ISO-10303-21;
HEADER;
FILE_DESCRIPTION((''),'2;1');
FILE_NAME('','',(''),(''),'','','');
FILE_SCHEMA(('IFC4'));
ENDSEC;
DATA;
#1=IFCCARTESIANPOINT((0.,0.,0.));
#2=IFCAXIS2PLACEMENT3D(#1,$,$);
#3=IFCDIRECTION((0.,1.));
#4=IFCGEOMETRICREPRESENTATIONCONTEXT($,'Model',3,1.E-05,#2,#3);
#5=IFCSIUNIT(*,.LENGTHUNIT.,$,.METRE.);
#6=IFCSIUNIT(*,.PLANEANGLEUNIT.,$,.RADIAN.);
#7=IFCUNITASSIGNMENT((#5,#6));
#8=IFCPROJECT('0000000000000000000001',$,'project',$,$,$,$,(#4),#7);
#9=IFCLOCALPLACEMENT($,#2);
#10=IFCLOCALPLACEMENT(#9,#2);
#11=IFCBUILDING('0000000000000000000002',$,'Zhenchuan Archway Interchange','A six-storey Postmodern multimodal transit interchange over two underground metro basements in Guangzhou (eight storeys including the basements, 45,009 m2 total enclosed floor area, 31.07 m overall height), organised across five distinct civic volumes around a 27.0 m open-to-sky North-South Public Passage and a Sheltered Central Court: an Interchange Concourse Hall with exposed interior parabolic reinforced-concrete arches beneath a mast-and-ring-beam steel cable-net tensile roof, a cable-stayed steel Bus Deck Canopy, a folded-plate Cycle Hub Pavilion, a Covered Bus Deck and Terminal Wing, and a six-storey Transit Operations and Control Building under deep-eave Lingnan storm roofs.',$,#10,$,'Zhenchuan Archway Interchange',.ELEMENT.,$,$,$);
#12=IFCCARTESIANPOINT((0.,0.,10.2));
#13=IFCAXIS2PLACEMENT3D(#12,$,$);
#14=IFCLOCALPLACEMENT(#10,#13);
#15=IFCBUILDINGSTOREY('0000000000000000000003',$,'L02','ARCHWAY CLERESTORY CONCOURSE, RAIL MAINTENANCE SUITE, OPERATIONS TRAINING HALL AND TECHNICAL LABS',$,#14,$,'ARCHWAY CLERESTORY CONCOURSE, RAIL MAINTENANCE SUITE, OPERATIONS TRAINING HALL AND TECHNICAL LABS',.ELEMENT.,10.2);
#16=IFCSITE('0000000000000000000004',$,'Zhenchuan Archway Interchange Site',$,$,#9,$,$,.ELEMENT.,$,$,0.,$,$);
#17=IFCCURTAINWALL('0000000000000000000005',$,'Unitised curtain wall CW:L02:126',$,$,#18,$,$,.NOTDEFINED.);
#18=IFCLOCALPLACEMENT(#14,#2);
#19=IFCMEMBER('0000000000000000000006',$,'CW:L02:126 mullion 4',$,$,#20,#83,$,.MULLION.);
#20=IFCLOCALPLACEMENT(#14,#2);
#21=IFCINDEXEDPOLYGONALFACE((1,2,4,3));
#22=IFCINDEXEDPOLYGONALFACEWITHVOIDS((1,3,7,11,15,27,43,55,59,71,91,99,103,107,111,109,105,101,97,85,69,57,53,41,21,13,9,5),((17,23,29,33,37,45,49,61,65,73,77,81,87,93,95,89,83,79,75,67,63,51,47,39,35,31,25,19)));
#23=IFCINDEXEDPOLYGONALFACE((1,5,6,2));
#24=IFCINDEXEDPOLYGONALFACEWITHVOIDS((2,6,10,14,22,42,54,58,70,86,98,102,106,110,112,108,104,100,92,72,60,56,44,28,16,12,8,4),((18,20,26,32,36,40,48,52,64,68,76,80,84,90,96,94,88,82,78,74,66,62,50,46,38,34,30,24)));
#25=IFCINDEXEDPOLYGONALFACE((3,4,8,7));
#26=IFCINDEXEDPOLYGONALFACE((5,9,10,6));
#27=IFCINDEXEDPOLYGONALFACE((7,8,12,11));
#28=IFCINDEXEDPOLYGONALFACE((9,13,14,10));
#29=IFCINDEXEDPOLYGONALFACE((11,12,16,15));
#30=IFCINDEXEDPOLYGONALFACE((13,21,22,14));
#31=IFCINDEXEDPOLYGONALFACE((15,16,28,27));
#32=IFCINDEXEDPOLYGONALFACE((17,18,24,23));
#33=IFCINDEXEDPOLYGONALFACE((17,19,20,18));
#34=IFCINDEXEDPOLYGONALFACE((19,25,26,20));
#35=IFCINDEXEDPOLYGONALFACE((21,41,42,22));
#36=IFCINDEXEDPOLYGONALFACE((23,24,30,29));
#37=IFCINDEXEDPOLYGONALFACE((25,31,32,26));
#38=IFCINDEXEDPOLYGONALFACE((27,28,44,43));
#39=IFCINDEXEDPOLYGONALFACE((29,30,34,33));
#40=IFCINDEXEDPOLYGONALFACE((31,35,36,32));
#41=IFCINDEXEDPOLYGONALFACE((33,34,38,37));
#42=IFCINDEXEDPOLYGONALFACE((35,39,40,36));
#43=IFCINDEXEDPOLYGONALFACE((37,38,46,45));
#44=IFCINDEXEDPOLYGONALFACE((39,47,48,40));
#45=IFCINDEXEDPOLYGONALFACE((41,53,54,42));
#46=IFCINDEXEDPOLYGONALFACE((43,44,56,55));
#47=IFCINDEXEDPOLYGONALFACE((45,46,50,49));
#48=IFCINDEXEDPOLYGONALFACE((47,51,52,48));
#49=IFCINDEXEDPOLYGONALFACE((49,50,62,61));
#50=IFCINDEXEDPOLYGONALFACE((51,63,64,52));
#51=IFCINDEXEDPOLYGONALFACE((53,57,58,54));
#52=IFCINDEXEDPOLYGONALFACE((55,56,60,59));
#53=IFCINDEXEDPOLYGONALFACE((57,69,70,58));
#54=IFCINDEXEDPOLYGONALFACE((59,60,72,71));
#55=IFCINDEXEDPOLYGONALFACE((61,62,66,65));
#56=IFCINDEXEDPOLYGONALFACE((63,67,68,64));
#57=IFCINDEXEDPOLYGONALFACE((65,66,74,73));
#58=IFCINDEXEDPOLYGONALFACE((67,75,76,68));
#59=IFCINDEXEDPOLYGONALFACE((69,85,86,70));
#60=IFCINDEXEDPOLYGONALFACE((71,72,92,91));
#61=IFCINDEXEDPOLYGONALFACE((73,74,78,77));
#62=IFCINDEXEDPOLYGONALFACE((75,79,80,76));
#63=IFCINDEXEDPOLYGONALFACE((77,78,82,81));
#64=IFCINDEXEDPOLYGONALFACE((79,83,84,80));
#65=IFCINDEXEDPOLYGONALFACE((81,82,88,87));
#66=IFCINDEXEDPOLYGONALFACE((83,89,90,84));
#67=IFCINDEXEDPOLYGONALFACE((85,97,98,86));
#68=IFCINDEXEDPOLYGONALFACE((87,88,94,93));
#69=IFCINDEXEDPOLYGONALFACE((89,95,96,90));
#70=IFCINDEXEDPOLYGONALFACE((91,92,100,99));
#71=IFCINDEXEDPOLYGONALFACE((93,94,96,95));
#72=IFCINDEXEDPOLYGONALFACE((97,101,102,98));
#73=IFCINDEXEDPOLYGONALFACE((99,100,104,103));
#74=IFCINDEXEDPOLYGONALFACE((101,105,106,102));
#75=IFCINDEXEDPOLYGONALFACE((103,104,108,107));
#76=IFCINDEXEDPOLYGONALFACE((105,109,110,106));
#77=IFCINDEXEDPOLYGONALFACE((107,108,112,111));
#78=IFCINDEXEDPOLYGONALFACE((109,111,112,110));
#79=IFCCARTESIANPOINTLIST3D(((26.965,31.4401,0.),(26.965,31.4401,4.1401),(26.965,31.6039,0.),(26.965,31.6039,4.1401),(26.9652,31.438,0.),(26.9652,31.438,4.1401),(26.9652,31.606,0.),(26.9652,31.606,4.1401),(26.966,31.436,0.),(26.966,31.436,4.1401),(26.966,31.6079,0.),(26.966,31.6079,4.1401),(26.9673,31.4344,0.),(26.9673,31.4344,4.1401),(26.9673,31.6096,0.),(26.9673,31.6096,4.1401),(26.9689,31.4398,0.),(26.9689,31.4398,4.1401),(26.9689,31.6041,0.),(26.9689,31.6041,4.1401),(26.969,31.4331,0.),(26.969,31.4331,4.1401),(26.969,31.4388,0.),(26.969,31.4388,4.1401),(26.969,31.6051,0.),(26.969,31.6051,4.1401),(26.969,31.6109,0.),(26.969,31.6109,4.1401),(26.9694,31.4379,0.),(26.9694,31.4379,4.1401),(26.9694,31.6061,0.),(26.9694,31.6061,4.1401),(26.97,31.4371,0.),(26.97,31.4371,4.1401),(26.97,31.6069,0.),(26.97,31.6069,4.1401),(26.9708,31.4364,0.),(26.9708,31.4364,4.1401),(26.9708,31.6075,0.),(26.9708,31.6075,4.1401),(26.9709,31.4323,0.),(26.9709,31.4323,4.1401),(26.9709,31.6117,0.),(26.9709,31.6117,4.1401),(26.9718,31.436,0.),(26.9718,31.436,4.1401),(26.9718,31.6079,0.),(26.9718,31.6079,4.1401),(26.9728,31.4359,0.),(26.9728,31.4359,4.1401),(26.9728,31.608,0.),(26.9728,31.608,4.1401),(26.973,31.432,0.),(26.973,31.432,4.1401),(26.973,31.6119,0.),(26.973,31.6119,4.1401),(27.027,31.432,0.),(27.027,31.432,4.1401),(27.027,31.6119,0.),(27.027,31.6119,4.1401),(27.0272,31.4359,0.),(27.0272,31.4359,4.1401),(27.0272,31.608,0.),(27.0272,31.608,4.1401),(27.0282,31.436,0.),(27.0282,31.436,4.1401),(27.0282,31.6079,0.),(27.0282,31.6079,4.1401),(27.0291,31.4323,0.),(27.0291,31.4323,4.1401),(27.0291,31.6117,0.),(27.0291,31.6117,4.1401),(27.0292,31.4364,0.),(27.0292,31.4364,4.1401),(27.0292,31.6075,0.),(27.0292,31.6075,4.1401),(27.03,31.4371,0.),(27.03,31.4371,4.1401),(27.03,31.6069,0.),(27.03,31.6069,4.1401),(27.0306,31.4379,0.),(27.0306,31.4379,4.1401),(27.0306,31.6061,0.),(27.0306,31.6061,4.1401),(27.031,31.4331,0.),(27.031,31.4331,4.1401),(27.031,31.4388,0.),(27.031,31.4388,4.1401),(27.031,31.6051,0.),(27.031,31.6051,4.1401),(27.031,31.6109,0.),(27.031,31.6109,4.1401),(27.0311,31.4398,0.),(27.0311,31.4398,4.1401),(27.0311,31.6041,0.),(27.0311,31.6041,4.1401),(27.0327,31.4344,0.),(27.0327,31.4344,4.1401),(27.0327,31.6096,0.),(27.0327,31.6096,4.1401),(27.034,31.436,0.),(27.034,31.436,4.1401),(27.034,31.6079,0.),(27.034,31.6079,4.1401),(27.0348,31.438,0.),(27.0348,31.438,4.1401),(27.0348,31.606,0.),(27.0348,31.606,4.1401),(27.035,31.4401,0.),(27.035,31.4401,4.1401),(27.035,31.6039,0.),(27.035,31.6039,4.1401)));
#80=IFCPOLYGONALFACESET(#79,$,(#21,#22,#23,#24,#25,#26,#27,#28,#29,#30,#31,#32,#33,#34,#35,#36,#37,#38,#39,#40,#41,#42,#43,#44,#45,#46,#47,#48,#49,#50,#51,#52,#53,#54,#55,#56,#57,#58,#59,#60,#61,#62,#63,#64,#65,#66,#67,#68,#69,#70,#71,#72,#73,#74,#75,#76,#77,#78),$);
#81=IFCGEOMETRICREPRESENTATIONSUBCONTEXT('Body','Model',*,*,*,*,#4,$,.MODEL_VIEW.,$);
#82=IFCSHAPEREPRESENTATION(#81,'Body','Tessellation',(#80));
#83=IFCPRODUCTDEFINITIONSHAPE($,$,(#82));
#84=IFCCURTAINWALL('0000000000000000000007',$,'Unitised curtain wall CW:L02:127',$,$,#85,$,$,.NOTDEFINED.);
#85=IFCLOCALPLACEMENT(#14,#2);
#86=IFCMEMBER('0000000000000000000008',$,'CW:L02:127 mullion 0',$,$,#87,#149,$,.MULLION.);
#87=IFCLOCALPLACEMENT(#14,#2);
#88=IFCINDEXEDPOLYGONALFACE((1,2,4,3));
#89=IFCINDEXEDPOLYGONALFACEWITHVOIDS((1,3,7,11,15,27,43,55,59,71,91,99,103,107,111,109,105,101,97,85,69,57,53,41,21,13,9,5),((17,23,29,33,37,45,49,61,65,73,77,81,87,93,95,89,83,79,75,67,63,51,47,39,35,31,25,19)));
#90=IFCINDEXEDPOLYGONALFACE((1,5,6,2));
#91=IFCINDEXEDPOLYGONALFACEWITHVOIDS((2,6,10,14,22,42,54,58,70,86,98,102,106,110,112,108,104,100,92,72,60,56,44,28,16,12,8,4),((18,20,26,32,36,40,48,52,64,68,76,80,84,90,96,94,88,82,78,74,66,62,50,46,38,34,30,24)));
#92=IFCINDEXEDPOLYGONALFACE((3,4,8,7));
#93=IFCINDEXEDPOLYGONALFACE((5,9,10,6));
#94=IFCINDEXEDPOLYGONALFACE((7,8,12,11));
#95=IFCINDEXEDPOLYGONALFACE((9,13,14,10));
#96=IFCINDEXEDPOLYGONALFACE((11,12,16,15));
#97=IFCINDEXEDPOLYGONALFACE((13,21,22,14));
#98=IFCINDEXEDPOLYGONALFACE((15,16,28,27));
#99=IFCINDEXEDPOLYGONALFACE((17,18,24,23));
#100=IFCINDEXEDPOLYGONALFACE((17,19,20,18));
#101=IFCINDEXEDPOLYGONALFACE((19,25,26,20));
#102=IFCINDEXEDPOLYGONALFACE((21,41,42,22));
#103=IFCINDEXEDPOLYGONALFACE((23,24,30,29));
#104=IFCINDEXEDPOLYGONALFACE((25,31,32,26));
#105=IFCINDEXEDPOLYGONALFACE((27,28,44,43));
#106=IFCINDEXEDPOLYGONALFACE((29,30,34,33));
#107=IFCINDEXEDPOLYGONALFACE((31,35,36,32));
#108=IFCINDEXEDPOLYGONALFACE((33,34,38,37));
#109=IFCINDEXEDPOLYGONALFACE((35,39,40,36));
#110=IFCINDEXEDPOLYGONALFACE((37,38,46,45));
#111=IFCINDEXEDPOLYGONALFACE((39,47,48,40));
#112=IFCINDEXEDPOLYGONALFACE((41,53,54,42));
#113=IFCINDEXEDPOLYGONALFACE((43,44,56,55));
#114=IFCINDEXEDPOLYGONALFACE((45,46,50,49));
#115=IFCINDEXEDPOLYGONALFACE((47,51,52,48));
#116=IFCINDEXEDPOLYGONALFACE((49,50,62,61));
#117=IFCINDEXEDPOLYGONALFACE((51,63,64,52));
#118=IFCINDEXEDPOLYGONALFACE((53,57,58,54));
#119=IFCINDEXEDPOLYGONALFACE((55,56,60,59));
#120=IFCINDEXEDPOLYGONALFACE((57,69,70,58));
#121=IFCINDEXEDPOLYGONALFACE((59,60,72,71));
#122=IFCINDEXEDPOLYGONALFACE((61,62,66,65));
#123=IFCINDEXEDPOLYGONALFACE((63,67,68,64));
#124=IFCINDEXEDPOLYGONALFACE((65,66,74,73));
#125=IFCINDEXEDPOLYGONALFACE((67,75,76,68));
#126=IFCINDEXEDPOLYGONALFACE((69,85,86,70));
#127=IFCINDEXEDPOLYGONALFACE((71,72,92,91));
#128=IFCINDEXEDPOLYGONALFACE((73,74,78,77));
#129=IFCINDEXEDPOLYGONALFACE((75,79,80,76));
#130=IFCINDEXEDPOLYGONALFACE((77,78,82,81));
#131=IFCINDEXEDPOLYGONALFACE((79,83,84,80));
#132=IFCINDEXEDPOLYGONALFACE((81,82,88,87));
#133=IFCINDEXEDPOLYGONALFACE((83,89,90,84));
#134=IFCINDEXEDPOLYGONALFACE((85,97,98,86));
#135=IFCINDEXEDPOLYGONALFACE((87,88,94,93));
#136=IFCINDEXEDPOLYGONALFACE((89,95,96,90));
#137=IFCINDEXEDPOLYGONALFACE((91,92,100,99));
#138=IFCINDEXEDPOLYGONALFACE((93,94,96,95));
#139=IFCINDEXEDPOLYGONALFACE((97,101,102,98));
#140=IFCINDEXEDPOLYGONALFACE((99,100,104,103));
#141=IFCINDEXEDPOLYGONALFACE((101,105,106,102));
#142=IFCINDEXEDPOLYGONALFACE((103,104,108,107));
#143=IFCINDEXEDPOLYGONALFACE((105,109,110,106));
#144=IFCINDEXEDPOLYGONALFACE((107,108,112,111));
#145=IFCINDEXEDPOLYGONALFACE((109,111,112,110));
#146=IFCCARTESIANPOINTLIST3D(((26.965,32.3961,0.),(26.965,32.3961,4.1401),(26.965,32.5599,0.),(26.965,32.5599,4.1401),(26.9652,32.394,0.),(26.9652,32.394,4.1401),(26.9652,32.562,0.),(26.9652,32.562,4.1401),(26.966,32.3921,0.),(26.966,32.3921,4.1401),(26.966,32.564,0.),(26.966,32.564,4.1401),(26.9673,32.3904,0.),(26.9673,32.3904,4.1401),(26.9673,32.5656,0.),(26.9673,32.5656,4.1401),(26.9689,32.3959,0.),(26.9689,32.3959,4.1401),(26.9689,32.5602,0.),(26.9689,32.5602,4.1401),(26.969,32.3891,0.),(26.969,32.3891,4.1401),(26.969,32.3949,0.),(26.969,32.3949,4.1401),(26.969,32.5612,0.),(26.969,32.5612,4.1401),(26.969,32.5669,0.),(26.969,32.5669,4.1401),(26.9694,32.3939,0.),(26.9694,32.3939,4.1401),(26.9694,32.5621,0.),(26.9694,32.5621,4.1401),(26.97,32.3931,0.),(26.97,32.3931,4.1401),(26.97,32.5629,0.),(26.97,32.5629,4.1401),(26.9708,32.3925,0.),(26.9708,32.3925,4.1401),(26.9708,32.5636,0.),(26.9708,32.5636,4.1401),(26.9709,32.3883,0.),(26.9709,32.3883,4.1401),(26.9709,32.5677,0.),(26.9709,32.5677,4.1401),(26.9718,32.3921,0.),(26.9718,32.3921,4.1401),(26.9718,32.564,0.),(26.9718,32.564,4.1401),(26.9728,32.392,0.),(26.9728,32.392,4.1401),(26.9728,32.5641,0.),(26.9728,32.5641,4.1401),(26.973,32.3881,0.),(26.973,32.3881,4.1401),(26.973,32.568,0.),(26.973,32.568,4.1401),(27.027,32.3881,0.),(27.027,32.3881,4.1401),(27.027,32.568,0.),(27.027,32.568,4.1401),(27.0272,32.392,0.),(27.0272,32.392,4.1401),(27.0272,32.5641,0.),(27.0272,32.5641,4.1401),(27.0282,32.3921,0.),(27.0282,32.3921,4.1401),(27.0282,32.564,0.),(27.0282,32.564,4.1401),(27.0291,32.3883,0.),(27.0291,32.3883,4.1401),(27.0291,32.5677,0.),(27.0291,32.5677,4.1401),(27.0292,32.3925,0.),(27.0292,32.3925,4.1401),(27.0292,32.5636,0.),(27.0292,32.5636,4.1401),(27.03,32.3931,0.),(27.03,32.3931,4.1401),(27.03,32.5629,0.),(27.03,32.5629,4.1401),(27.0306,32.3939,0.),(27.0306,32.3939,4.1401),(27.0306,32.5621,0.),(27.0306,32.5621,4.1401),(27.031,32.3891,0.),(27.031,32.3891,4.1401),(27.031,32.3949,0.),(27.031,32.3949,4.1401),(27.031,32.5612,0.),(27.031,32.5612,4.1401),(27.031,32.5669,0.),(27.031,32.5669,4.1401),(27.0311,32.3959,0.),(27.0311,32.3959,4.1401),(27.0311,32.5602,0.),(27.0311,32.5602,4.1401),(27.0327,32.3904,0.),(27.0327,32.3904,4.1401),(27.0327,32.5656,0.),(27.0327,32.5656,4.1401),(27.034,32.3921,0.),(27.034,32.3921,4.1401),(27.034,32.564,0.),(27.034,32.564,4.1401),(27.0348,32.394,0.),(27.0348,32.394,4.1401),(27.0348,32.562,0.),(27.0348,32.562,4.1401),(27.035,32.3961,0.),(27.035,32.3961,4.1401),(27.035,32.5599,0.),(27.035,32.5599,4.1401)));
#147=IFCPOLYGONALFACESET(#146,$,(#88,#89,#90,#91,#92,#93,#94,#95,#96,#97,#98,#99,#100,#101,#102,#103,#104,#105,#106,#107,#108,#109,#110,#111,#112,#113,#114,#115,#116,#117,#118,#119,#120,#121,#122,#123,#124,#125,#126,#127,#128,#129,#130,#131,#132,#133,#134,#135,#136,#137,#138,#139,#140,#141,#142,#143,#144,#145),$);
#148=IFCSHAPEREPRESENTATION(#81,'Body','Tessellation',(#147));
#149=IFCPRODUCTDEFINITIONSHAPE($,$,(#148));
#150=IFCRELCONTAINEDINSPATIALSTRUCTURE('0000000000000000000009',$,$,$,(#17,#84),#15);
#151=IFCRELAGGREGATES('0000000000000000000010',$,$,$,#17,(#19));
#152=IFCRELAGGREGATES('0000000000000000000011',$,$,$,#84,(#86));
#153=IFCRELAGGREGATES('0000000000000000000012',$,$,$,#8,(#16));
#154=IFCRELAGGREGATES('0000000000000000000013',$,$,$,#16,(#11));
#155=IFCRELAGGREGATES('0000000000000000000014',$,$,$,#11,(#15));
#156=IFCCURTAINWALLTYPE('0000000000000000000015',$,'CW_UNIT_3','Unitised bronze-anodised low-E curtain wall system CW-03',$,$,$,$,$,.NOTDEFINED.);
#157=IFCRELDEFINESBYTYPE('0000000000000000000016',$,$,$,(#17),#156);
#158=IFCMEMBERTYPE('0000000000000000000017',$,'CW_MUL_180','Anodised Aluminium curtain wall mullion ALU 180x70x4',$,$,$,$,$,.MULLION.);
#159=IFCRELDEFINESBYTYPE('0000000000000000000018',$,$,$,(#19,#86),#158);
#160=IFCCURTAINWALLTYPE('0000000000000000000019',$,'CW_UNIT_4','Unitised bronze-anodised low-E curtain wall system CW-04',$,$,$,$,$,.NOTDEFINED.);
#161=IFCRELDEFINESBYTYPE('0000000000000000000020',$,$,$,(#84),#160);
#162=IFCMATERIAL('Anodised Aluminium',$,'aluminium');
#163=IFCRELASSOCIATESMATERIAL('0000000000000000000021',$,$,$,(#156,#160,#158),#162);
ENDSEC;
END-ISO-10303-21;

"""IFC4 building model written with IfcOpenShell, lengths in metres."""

from ifc_helpers import new_model, si_unit, direction, frame, origin, origin_2d, place, context, subcontext, project, spatial, hollow_rectangle, extrude, material, material_profile, profile_set, type_object, element, aggregate, save


model = new_model("IFC4")

# Units and contexts
model_context = context("Model", 3, precision=1e-05, world=origin(), true_north=direction((0.0, 1.0)))
body_context = subcontext(model_context, "Body", "Model", "MODEL_VIEW")
ifc_project = project(units=[si_unit("LENGTHUNIT", "METRE"), si_unit("PLANEANGLEUNIT", "RADIAN")], contexts=[model_context])

# Site, building, storey
site_placement = place(None, origin())
site = spatial("IfcSite", under=ifc_project, at=site_placement, Name="Zhenchuan Archway Interchange Site", CompositionType="ELEMENT", RefElevation=0.0)
building_placement = place(site_placement, origin())
building = spatial("IfcBuilding", under=site, at=building_placement, Name="Zhenchuan Archway Interchange", Description="A six-storey Postmodern multimodal transit interchange over two underground metro basements in Guangzhou (eight storeys including the basements, 45,009 m2 total enclosed floor area, 31.07 m overall height), organised across five distinct civic volumes around a 27.0 m open-to-sky North-South Public Passage and a Sheltered Central Court: an Interchange Concourse Hall with exposed interior parabolic reinforced-concrete arches beneath a mast-and-ring-beam steel cable-net tensile roof, a cable-stayed steel Bus Deck Canopy, a folded-plate Cycle Hub Pavilion, a Covered Bus Deck and Terminal Wing, and a six-storey Transit Operations and Control Building under deep-eave Lingnan storm roofs.", LongName="Zhenchuan Archway Interchange", CompositionType="ELEMENT")
storey_placement = place(building_placement, frame((0.0, 0.0, 10.2)))
storey = spatial("IfcBuildingStorey", under=building, at=storey_placement, Name="L02", Description="ARCHWAY CLERESTORY CONCOURSE, RAIL MAINTENANCE SUITE, OPERATIONS TRAINING HALL AND TECHNICAL LABS", LongName="ARCHWAY CLERESTORY CONCOURSE, RAIL MAINTENANCE SUITE, OPERATIONS TRAINING HALL AND TECHNICAL LABS", CompositionType="ELEMENT", Elevation=10.2)

# Curtain wall, member
ifc_material_1 = material(Name="Anodised Aluminium", Category="aluminium")
curtain_wall_type_1 = type_object("IfcCurtainWallType", Name="CW_UNIT_3", Description="Unitised bronze-anodised low-E curtain wall system CW-03", PredefinedType="NOTDEFINED", material=ifc_material_1)
curtain_wall_1_placement = place(storey_placement, origin())
curtain_wall_1 = element("IfcCurtainWall", 1, at=curtain_wall_1_placement, inside=storey, type_object=curtain_wall_type_1, Name="Unitised curtain wall CW:L02:126", PredefinedType="NOTDEFINED")
ifc_material_profile_1 = material_profile(ifc_material_1, hollow_rectangle(XDim=0.0701, YDim=0.1799, WallThickness=0.0039, InnerFilletRadius=0.0039, OuterFilletRadius=0.0081, at=origin_2d()), Name="ALU 180x70x4")
ifc_profile_set_1 = profile_set([ifc_material_profile_1], Name="Anodised Aluminium")
member_type_1 = type_object("IfcMemberType", Name="CW_MUL_180", Description="Anodised Aluminium curtain wall mullion ALU 180x70x4", PredefinedType="MULLION", material=ifc_profile_set_1)
member_1_placement = place(storey_placement, frame((27.0, 31.522, 0.0), z_axis=(0.0, 0.0, 1.0), x_axis=(1.0, 0.0, 0.0)))
member_1 = element("IfcMember", 2, at=member_1_placement, type_object=member_type_1, Name="CW:L02:126 mullion 4", PredefinedType="MULLION", context=body_context, shape_type="SweptSolid", body=[
    extrude(hollow_rectangle(XDim=0.0701, YDim=0.1799, WallThickness=0.0039, InnerFilletRadius=0.0039, OuterFilletRadius=0.0081, at=origin_2d()), origin(), (0.0, 0.0, 1.0), 4.1401),
])

# Curtain wall, member
curtain_wall_type_2 = type_object("IfcCurtainWallType", Name="CW_UNIT_4", Description="Unitised bronze-anodised low-E curtain wall system CW-04", PredefinedType="NOTDEFINED", material=ifc_material_1)
curtain_wall_2_placement = place(storey_placement, origin())
curtain_wall_2 = element("IfcCurtainWall", 3, at=curtain_wall_2_placement, inside=storey, type_object=curtain_wall_type_2, Name="Unitised curtain wall CW:L02:127", PredefinedType="NOTDEFINED")
member_2_placement = place(storey_placement, frame((27.0, 32.478, 0.0), z_axis=(0.0, 0.0, 1.0), x_axis=(1.0, 0.0, 0.0)))
member_2 = element("IfcMember", 4, at=member_2_placement, type_object=member_type_1, Name="CW:L02:127 mullion 0", PredefinedType="MULLION", context=body_context, shape_type="SweptSolid", body=[
    extrude(hollow_rectangle(XDim=0.0701, YDim=0.1799, WallThickness=0.0039, InnerFilletRadius=0.0039, OuterFilletRadius=0.0081, at=origin_2d()), origin(), (0.0, 0.0, 1.0), 4.1401),
])

aggregate(curtain_wall_1, [member_1])
aggregate(curtain_wall_2, [member_2])

save(model, "model.ifc")
